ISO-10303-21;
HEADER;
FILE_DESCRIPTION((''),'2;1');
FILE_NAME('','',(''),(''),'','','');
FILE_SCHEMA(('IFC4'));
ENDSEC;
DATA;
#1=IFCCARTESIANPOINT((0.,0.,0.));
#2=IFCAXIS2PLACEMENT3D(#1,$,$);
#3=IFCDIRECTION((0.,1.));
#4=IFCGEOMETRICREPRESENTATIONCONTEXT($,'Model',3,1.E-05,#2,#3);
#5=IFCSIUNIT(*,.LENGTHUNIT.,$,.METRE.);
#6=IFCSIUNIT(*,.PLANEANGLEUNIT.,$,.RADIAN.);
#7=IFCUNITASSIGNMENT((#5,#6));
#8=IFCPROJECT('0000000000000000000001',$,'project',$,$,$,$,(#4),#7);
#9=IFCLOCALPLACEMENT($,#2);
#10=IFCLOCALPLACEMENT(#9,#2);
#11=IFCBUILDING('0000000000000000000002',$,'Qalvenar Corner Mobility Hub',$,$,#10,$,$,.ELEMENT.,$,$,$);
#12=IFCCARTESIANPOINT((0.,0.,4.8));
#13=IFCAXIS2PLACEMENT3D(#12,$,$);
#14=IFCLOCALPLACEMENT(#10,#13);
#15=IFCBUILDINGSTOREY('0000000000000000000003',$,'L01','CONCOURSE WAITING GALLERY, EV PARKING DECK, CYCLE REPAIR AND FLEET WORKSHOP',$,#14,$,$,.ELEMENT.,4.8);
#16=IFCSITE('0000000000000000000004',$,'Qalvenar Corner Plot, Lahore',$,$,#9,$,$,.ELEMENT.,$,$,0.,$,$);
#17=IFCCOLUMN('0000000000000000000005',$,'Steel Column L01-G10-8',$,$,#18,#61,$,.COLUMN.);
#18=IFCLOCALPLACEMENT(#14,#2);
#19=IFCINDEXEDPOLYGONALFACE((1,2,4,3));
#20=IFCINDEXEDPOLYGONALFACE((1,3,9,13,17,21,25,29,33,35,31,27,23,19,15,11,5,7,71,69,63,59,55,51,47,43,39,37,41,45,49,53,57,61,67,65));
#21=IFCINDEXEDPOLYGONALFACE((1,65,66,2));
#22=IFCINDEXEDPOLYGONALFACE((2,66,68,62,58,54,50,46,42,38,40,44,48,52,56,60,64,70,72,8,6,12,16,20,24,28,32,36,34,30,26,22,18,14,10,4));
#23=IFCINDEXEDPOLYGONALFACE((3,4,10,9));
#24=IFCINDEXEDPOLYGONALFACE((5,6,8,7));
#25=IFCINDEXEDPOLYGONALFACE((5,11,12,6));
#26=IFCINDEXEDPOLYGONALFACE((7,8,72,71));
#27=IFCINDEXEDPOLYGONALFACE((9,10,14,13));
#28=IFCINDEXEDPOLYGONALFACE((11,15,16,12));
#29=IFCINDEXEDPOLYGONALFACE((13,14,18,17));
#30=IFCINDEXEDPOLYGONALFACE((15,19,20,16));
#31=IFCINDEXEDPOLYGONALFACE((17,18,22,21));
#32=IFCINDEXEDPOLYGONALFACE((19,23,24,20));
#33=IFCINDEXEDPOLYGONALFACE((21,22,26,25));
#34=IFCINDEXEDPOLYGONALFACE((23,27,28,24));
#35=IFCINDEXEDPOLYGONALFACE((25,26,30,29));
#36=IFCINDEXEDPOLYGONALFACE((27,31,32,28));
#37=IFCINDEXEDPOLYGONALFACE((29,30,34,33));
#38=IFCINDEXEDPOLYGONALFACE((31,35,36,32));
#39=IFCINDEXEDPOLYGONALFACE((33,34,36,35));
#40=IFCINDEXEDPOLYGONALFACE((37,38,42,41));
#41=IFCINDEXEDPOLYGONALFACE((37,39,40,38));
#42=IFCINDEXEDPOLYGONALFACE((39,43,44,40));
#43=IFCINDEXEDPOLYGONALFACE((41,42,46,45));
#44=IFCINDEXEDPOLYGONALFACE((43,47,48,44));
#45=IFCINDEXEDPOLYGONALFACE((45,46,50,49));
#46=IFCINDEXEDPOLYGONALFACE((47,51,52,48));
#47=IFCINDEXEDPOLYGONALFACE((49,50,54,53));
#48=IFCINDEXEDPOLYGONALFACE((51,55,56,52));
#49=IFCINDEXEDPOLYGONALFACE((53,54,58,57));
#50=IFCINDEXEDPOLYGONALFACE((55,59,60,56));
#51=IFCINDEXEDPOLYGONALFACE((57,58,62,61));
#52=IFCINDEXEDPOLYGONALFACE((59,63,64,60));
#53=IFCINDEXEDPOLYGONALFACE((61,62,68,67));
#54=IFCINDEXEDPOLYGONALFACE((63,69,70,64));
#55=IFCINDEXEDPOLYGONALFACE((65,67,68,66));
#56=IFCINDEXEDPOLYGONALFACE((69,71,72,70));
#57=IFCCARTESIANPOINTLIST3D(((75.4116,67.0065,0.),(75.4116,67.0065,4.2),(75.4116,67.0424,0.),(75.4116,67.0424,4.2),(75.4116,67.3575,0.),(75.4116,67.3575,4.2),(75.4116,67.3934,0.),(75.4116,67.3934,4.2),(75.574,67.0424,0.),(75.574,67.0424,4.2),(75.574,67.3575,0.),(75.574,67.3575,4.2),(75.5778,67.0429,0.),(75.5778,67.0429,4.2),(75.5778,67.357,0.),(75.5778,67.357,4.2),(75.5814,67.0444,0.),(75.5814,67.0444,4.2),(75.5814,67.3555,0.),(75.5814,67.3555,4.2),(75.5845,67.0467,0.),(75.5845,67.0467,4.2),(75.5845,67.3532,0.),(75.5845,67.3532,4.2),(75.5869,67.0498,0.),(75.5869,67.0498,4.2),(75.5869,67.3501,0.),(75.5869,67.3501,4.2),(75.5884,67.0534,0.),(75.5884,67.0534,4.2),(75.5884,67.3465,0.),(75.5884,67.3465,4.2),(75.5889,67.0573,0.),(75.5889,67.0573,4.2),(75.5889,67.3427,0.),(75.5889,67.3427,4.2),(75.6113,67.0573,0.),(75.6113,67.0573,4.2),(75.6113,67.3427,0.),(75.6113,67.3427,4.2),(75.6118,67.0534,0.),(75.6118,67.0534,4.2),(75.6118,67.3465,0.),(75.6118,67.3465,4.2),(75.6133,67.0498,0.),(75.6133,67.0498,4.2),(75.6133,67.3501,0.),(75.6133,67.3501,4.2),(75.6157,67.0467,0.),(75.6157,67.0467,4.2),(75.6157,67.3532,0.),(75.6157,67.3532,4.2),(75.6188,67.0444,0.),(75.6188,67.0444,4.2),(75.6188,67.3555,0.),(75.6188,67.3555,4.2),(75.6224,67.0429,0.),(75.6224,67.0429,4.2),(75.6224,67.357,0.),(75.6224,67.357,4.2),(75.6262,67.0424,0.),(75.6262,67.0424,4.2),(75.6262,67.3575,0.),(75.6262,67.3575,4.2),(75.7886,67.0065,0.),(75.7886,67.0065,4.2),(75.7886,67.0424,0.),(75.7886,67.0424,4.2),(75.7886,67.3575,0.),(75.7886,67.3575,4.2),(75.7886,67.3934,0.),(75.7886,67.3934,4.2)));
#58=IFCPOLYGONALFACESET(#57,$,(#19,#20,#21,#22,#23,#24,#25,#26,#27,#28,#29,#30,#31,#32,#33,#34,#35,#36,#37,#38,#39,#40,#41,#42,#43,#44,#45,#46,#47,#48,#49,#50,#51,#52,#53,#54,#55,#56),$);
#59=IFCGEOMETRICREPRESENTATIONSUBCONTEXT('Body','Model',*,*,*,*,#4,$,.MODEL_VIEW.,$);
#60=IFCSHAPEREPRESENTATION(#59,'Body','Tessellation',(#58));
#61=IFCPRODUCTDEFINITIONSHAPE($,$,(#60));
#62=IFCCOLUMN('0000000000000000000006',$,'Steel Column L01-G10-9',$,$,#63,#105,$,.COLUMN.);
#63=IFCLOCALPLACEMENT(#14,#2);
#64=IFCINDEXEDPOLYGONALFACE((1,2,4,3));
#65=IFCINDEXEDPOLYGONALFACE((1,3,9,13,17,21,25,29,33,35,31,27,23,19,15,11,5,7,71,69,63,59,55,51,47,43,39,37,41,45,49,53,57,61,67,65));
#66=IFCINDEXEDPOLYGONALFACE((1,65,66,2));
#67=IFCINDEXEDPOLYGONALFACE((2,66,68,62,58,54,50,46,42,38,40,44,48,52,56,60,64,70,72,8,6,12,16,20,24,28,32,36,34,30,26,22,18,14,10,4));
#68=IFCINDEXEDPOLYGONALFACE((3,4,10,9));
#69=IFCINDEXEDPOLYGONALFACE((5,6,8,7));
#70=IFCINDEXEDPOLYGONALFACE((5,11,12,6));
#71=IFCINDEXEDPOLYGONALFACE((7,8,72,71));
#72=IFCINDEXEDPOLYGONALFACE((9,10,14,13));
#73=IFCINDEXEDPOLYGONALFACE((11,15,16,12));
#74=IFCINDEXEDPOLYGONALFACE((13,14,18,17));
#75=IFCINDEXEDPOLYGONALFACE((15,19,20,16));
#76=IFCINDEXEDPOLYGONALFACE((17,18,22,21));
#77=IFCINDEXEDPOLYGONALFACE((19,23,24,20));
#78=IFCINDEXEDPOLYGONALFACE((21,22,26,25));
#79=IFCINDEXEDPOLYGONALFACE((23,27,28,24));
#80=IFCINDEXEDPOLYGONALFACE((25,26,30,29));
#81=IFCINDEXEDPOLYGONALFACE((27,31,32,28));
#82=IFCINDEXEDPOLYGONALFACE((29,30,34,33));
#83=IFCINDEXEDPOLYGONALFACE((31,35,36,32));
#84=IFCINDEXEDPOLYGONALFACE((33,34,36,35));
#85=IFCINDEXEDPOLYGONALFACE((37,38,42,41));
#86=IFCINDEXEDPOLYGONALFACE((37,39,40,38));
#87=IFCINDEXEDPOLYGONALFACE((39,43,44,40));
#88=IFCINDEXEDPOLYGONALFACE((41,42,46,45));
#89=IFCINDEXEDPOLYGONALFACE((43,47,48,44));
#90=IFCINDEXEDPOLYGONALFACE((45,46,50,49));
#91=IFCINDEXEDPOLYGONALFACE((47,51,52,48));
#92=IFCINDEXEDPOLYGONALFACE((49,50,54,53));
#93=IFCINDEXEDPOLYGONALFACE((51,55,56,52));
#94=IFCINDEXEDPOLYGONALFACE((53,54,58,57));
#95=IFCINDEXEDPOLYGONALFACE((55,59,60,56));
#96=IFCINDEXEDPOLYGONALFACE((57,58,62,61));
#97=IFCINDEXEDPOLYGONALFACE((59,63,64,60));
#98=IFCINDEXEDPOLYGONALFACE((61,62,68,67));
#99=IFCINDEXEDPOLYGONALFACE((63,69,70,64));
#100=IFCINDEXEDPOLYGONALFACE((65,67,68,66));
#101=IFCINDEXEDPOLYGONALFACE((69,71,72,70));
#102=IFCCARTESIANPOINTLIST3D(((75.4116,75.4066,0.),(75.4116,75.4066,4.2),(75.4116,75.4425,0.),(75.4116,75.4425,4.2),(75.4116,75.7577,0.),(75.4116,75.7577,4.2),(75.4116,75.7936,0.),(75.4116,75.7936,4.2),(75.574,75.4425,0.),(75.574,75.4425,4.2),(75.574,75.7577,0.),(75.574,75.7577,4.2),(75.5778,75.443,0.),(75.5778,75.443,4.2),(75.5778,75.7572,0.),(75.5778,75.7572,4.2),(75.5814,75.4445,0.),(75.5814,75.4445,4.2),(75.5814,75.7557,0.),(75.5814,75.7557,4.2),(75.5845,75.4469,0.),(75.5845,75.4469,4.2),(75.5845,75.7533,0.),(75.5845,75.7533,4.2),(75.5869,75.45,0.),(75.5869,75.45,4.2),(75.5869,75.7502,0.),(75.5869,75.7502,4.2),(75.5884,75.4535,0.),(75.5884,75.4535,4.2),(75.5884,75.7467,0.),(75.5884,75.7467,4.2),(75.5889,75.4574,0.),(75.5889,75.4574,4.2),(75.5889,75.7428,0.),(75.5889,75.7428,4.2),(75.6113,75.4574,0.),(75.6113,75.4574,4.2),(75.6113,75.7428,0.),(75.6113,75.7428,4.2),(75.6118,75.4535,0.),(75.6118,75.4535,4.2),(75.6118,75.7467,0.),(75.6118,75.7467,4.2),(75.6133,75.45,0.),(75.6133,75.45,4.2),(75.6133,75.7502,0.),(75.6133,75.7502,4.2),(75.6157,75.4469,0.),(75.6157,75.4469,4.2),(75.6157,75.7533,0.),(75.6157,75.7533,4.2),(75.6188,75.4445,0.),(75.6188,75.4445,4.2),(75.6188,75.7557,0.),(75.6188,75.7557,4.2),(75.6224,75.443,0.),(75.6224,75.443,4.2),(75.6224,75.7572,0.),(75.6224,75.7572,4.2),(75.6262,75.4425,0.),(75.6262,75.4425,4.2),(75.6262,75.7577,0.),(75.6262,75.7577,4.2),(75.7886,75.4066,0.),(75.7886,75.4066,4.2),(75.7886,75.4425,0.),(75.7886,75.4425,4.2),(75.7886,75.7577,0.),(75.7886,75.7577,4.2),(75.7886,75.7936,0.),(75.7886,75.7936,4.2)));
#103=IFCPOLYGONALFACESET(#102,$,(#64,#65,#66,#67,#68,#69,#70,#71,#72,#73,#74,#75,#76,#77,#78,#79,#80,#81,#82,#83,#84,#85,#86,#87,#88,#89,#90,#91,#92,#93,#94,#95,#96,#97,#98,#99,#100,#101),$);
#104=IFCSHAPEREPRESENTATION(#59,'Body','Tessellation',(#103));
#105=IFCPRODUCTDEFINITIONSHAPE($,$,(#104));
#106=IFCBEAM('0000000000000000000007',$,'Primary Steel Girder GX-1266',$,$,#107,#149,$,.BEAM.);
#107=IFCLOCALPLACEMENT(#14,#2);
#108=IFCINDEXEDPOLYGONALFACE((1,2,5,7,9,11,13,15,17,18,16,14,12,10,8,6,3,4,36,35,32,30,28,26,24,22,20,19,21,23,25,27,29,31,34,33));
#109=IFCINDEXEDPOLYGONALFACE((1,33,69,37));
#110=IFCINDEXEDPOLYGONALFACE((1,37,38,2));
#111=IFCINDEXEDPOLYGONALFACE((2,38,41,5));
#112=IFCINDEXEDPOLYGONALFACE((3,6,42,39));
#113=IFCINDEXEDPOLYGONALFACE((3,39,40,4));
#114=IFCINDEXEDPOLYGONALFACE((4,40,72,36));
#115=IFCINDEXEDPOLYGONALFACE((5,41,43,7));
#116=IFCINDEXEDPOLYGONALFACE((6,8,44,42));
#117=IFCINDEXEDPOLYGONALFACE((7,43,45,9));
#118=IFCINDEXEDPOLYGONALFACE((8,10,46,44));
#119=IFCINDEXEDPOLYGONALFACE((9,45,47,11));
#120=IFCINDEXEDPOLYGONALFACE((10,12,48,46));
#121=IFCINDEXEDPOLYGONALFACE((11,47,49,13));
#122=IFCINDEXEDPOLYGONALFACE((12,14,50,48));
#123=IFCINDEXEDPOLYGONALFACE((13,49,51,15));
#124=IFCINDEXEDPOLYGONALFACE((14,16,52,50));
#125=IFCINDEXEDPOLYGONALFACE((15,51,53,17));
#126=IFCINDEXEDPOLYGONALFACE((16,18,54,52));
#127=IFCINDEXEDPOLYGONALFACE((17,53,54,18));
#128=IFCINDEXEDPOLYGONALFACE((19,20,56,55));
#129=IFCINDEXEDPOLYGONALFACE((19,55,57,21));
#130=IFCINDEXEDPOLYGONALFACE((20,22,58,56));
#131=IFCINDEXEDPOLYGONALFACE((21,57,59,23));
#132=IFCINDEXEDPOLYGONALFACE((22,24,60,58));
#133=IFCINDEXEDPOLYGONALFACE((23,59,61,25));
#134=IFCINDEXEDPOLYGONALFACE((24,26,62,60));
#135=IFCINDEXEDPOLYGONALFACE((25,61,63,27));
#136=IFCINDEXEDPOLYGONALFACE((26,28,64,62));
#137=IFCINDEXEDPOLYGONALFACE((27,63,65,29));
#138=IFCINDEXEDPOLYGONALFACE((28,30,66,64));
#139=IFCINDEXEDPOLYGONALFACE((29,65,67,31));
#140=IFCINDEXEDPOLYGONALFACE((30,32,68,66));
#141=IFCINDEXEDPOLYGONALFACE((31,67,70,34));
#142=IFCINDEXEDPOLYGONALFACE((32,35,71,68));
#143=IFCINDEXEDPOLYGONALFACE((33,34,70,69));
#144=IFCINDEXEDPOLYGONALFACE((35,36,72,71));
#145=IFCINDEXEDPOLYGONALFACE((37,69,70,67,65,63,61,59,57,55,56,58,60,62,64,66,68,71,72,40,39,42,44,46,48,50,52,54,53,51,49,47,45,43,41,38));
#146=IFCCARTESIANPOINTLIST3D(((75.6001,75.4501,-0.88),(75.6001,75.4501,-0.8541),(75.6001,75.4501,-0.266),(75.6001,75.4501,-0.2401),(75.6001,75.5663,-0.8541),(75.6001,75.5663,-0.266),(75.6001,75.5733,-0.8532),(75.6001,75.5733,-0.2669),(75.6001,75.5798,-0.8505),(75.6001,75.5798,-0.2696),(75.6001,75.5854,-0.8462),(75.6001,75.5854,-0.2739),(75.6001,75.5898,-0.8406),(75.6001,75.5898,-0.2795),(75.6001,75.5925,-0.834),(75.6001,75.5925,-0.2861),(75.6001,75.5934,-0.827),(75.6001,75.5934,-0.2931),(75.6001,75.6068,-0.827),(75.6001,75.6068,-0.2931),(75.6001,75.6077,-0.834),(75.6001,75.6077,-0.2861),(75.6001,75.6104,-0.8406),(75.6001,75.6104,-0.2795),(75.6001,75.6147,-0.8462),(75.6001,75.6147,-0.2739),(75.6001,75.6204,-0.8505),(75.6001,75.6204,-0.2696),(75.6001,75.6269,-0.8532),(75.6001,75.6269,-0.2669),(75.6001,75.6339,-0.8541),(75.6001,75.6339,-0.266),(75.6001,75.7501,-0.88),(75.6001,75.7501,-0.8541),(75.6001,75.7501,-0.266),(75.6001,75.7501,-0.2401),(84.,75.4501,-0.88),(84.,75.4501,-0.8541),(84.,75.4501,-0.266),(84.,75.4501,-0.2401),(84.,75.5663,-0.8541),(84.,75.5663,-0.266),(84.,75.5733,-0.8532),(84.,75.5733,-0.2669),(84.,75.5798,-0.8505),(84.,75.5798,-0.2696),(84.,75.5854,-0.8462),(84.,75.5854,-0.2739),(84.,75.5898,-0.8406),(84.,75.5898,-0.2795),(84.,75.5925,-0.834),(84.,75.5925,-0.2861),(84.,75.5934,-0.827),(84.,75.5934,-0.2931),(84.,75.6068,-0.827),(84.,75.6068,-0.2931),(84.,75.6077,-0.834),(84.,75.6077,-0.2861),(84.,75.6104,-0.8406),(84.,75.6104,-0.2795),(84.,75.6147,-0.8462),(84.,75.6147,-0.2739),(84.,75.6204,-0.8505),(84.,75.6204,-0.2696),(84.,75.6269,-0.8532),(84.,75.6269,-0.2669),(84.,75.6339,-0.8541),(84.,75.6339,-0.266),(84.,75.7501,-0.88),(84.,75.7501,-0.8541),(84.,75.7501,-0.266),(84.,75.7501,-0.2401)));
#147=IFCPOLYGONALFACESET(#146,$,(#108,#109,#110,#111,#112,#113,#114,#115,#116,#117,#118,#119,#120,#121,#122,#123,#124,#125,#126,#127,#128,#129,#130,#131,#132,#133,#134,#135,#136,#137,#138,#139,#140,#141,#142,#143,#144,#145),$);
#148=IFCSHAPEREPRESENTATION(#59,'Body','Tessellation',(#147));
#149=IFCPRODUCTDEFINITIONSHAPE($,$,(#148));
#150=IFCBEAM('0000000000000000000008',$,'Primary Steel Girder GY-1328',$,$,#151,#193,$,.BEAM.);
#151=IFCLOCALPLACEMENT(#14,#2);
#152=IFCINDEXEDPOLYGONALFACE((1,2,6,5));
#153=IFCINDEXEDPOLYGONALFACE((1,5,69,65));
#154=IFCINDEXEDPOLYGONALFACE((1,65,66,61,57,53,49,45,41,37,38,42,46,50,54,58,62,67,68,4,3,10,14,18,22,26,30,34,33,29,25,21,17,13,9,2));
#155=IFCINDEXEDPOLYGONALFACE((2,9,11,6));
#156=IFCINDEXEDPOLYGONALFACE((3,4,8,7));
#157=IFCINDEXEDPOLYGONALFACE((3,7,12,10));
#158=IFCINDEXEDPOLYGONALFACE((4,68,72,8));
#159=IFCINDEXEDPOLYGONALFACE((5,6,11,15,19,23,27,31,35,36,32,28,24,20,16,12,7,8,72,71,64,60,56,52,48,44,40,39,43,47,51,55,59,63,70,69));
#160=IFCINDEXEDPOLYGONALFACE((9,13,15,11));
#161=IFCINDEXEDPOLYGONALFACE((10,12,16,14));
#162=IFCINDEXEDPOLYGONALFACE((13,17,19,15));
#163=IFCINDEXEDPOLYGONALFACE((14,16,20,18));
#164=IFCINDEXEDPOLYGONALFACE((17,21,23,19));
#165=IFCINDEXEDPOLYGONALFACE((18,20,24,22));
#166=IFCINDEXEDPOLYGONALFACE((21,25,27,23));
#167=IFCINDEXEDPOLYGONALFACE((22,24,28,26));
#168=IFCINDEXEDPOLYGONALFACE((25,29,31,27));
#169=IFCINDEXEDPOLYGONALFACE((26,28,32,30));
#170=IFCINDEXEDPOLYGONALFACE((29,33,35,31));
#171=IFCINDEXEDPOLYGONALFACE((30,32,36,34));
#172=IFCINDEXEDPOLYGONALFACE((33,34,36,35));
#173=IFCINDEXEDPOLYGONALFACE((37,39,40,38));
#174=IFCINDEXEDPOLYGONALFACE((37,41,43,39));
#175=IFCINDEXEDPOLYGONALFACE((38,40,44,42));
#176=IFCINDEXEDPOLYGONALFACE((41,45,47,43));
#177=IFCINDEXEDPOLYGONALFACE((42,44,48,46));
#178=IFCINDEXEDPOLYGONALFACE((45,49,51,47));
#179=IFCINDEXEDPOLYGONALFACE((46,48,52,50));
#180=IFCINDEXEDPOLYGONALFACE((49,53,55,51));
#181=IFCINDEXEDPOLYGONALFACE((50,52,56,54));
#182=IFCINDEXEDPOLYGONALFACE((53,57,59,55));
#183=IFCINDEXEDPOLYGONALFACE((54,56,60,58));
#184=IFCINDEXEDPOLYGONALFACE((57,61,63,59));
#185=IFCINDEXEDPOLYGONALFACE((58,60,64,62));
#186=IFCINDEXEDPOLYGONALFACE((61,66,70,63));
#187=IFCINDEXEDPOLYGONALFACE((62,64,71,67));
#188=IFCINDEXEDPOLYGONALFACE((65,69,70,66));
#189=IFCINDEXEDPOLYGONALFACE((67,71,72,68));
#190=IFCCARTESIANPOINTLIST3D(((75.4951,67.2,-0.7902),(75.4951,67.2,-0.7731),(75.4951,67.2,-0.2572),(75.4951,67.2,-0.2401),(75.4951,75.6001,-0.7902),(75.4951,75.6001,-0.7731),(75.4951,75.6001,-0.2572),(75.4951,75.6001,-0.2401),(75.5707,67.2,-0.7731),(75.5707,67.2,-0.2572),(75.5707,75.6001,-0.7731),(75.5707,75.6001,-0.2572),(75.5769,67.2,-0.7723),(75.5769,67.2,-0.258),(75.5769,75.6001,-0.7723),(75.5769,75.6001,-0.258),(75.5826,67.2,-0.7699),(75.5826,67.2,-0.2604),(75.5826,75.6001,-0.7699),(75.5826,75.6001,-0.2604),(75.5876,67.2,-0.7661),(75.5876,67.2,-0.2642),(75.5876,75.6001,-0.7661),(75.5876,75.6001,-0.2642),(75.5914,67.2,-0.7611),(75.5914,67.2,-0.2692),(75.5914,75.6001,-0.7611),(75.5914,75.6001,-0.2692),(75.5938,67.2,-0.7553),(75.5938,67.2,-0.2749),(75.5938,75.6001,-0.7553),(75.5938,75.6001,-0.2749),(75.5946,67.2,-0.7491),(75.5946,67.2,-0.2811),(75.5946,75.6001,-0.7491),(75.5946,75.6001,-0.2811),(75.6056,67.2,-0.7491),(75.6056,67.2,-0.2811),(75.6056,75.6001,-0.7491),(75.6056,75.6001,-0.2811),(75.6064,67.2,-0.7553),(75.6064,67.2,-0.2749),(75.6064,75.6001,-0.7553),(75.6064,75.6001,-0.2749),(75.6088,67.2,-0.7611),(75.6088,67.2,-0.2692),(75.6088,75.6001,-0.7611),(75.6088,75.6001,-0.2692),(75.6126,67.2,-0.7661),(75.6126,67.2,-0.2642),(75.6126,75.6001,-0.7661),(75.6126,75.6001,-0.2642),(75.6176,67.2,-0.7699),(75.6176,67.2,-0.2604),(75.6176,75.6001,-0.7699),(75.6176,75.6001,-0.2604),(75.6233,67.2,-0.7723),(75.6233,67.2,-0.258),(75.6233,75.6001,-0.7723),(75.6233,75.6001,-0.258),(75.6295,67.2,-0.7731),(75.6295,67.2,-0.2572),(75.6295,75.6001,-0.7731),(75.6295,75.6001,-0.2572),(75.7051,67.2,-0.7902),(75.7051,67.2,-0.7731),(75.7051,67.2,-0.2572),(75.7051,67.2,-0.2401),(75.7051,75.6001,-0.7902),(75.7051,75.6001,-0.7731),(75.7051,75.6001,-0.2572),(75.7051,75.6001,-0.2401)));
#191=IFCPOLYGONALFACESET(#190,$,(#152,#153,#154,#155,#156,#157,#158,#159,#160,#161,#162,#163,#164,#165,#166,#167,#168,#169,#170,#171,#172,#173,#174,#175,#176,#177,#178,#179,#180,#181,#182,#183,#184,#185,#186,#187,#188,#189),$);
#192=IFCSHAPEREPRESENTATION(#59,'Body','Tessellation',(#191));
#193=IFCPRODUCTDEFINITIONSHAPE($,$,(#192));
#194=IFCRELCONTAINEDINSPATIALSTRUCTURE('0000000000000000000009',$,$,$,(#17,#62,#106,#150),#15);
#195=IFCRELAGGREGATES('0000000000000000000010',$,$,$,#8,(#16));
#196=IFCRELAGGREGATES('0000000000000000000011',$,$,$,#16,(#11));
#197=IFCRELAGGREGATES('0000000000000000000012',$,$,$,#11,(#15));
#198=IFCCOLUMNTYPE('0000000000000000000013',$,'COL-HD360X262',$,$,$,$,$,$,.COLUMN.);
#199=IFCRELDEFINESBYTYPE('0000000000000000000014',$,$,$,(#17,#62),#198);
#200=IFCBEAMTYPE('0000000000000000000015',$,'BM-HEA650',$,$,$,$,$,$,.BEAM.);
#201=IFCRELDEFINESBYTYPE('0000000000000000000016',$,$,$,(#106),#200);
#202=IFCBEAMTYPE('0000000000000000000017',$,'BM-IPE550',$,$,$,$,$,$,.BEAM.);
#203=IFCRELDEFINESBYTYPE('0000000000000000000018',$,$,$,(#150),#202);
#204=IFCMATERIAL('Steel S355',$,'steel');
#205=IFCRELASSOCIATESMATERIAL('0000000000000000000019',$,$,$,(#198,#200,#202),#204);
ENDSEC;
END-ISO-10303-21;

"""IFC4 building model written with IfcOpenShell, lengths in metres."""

from ifc_helpers import new_model, si_unit, direction, frame, origin, origin_2d, place, context, subcontext, project, spatial, i_section, extrude, material, material_profile, profile_set, type_object, element, save


model = new_model("IFC4")

# Units and contexts
model_context = context("Model", 3, precision=1e-05, world=origin(), true_north=direction((0.0, 1.0)))
body_context = subcontext(model_context, "Body", "Model", "MODEL_VIEW")
ifc_project = project(units=[si_unit("LENGTHUNIT", "METRE"), si_unit("PLANEANGLEUNIT", "RADIAN")], contexts=[model_context])

# Site, building, storey
site_placement = place(None, origin())
site = spatial("IfcSite", under=ifc_project, at=site_placement, Name="Qalvenar Corner Plot, Lahore", CompositionType="ELEMENT", RefElevation=0.0)
building_placement = place(site_placement, origin())
building = spatial("IfcBuilding", under=site, at=building_placement, Name="Qalvenar Corner Mobility Hub", CompositionType="ELEMENT")
storey_placement = place(building_placement, frame((0.0, 0.0, 4.8)))
storey = spatial("IfcBuildingStorey", under=building, at=storey_placement, Name="L01", Description="CONCOURSE WAITING GALLERY, EV PARKING DECK, CYCLE REPAIR AND FLEET WORKSHOP", CompositionType="ELEMENT", Elevation=4.8)

# Columns
ifc_material_1 = material(Name="Steel S355", Category="steel")
ifc_material_profile_1 = material_profile(ifc_material_1, i_section(OverallWidth=0.377, OverallDepth=0.387, WebThickness=0.0225, FlangeThickness=0.0359, FilletRadius=0.0149, at=origin_2d()), Name="HD360x262")
ifc_profile_set_1 = profile_set([ifc_material_profile_1], Name="Steel S355")
column_type = type_object("IfcColumnType", Name="COL-HD360X262", PredefinedType="COLUMN", material=ifc_profile_set_1)
for number, where, z_axis, x_axis, name in (
    (1, (75.6001, 67.2, 0.0), (0.0, 0.0, 1.0), (1.0, 0.0, 0.0), "Steel Column L01-G10-8"),
    (2, (75.6001, 75.6001, 0.0), (0.0, 0.0, 1.0), (1.0, 0.0, 0.0), "Steel Column L01-G10-9"),
):
    element("IfcColumn", number, at=place(storey_placement, frame(where, z_axis=z_axis, x_axis=x_axis)), inside=storey, type_object=column_type, Name=name, PredefinedType="COLUMN", context=body_context, shape_type="SweptSolid", body=[
        extrude(i_section(OverallWidth=0.377, OverallDepth=0.387, WebThickness=0.0225, FlangeThickness=0.0359, FilletRadius=0.0149, at=origin_2d()), origin(), (0.0, 0.0, 1.0), 4.2),
    ])

# Beams
ifc_material_profile_2 = material_profile(ifc_material_1, i_section(OverallWidth=0.3, OverallDepth=0.6399, WebThickness=0.0134, FlangeThickness=0.0259, FilletRadius=0.0271, at=origin_2d()), Name="HEA650")
ifc_profile_set_2 = profile_set([ifc_material_profile_2], Name="Steel S355")
beam_type_1 = type_object("IfcBeamType", Name="BM-HEA650", PredefinedType="BEAM", material=ifc_profile_set_2)
beam_1_placement = place(storey_placement, frame((75.6001, 75.6001, -0.5601), z_axis=(1.0, 0.0, 0.0), x_axis=(0.0, 1.0, 0.0)))
element("IfcBeam", 3, at=beam_1_placement, inside=storey, type_object=beam_type_1, Name="Primary Steel Girder GX-1266", PredefinedType="BEAM", context=body_context, shape_type="SweptSolid", body=[
    extrude(i_section(OverallWidth=0.3, OverallDepth=0.6399, WebThickness=0.0134, FlangeThickness=0.0259, FilletRadius=0.0271, at=origin_2d()), origin(), (0.0, 0.0, 1.0), 8.3999),
])
ifc_material_profile_3 = material_profile(ifc_material_1, i_section(OverallWidth=0.21, OverallDepth=0.55, WebThickness=0.011, FlangeThickness=0.0171, FilletRadius=0.0239, at=origin_2d()), Name="IPE550")
ifc_profile_set_3 = profile_set([ifc_material_profile_3], Name="Steel S355")
beam_type_2 = type_object("IfcBeamType", Name="BM-IPE550", PredefinedType="BEAM", material=ifc_profile_set_3)
beam_2_placement = place(storey_placement, frame((75.6001, 67.2, -0.5151), z_axis=(0.0, 1.0, 0.0), x_axis=(-1.0, 0.0, 0.0)))
element("IfcBeam", 4, at=beam_2_placement, inside=storey, type_object=beam_type_2, Name="Primary Steel Girder GY-1328", PredefinedType="BEAM", context=body_context, shape_type="SweptSolid", body=[
    extrude(i_section(OverallWidth=0.21, OverallDepth=0.55, WebThickness=0.011, FlangeThickness=0.0171, FilletRadius=0.0239, at=origin_2d()), origin(), (0.0, 0.0, 1.0), 8.4001),
])

save(model, "model.ifc")
